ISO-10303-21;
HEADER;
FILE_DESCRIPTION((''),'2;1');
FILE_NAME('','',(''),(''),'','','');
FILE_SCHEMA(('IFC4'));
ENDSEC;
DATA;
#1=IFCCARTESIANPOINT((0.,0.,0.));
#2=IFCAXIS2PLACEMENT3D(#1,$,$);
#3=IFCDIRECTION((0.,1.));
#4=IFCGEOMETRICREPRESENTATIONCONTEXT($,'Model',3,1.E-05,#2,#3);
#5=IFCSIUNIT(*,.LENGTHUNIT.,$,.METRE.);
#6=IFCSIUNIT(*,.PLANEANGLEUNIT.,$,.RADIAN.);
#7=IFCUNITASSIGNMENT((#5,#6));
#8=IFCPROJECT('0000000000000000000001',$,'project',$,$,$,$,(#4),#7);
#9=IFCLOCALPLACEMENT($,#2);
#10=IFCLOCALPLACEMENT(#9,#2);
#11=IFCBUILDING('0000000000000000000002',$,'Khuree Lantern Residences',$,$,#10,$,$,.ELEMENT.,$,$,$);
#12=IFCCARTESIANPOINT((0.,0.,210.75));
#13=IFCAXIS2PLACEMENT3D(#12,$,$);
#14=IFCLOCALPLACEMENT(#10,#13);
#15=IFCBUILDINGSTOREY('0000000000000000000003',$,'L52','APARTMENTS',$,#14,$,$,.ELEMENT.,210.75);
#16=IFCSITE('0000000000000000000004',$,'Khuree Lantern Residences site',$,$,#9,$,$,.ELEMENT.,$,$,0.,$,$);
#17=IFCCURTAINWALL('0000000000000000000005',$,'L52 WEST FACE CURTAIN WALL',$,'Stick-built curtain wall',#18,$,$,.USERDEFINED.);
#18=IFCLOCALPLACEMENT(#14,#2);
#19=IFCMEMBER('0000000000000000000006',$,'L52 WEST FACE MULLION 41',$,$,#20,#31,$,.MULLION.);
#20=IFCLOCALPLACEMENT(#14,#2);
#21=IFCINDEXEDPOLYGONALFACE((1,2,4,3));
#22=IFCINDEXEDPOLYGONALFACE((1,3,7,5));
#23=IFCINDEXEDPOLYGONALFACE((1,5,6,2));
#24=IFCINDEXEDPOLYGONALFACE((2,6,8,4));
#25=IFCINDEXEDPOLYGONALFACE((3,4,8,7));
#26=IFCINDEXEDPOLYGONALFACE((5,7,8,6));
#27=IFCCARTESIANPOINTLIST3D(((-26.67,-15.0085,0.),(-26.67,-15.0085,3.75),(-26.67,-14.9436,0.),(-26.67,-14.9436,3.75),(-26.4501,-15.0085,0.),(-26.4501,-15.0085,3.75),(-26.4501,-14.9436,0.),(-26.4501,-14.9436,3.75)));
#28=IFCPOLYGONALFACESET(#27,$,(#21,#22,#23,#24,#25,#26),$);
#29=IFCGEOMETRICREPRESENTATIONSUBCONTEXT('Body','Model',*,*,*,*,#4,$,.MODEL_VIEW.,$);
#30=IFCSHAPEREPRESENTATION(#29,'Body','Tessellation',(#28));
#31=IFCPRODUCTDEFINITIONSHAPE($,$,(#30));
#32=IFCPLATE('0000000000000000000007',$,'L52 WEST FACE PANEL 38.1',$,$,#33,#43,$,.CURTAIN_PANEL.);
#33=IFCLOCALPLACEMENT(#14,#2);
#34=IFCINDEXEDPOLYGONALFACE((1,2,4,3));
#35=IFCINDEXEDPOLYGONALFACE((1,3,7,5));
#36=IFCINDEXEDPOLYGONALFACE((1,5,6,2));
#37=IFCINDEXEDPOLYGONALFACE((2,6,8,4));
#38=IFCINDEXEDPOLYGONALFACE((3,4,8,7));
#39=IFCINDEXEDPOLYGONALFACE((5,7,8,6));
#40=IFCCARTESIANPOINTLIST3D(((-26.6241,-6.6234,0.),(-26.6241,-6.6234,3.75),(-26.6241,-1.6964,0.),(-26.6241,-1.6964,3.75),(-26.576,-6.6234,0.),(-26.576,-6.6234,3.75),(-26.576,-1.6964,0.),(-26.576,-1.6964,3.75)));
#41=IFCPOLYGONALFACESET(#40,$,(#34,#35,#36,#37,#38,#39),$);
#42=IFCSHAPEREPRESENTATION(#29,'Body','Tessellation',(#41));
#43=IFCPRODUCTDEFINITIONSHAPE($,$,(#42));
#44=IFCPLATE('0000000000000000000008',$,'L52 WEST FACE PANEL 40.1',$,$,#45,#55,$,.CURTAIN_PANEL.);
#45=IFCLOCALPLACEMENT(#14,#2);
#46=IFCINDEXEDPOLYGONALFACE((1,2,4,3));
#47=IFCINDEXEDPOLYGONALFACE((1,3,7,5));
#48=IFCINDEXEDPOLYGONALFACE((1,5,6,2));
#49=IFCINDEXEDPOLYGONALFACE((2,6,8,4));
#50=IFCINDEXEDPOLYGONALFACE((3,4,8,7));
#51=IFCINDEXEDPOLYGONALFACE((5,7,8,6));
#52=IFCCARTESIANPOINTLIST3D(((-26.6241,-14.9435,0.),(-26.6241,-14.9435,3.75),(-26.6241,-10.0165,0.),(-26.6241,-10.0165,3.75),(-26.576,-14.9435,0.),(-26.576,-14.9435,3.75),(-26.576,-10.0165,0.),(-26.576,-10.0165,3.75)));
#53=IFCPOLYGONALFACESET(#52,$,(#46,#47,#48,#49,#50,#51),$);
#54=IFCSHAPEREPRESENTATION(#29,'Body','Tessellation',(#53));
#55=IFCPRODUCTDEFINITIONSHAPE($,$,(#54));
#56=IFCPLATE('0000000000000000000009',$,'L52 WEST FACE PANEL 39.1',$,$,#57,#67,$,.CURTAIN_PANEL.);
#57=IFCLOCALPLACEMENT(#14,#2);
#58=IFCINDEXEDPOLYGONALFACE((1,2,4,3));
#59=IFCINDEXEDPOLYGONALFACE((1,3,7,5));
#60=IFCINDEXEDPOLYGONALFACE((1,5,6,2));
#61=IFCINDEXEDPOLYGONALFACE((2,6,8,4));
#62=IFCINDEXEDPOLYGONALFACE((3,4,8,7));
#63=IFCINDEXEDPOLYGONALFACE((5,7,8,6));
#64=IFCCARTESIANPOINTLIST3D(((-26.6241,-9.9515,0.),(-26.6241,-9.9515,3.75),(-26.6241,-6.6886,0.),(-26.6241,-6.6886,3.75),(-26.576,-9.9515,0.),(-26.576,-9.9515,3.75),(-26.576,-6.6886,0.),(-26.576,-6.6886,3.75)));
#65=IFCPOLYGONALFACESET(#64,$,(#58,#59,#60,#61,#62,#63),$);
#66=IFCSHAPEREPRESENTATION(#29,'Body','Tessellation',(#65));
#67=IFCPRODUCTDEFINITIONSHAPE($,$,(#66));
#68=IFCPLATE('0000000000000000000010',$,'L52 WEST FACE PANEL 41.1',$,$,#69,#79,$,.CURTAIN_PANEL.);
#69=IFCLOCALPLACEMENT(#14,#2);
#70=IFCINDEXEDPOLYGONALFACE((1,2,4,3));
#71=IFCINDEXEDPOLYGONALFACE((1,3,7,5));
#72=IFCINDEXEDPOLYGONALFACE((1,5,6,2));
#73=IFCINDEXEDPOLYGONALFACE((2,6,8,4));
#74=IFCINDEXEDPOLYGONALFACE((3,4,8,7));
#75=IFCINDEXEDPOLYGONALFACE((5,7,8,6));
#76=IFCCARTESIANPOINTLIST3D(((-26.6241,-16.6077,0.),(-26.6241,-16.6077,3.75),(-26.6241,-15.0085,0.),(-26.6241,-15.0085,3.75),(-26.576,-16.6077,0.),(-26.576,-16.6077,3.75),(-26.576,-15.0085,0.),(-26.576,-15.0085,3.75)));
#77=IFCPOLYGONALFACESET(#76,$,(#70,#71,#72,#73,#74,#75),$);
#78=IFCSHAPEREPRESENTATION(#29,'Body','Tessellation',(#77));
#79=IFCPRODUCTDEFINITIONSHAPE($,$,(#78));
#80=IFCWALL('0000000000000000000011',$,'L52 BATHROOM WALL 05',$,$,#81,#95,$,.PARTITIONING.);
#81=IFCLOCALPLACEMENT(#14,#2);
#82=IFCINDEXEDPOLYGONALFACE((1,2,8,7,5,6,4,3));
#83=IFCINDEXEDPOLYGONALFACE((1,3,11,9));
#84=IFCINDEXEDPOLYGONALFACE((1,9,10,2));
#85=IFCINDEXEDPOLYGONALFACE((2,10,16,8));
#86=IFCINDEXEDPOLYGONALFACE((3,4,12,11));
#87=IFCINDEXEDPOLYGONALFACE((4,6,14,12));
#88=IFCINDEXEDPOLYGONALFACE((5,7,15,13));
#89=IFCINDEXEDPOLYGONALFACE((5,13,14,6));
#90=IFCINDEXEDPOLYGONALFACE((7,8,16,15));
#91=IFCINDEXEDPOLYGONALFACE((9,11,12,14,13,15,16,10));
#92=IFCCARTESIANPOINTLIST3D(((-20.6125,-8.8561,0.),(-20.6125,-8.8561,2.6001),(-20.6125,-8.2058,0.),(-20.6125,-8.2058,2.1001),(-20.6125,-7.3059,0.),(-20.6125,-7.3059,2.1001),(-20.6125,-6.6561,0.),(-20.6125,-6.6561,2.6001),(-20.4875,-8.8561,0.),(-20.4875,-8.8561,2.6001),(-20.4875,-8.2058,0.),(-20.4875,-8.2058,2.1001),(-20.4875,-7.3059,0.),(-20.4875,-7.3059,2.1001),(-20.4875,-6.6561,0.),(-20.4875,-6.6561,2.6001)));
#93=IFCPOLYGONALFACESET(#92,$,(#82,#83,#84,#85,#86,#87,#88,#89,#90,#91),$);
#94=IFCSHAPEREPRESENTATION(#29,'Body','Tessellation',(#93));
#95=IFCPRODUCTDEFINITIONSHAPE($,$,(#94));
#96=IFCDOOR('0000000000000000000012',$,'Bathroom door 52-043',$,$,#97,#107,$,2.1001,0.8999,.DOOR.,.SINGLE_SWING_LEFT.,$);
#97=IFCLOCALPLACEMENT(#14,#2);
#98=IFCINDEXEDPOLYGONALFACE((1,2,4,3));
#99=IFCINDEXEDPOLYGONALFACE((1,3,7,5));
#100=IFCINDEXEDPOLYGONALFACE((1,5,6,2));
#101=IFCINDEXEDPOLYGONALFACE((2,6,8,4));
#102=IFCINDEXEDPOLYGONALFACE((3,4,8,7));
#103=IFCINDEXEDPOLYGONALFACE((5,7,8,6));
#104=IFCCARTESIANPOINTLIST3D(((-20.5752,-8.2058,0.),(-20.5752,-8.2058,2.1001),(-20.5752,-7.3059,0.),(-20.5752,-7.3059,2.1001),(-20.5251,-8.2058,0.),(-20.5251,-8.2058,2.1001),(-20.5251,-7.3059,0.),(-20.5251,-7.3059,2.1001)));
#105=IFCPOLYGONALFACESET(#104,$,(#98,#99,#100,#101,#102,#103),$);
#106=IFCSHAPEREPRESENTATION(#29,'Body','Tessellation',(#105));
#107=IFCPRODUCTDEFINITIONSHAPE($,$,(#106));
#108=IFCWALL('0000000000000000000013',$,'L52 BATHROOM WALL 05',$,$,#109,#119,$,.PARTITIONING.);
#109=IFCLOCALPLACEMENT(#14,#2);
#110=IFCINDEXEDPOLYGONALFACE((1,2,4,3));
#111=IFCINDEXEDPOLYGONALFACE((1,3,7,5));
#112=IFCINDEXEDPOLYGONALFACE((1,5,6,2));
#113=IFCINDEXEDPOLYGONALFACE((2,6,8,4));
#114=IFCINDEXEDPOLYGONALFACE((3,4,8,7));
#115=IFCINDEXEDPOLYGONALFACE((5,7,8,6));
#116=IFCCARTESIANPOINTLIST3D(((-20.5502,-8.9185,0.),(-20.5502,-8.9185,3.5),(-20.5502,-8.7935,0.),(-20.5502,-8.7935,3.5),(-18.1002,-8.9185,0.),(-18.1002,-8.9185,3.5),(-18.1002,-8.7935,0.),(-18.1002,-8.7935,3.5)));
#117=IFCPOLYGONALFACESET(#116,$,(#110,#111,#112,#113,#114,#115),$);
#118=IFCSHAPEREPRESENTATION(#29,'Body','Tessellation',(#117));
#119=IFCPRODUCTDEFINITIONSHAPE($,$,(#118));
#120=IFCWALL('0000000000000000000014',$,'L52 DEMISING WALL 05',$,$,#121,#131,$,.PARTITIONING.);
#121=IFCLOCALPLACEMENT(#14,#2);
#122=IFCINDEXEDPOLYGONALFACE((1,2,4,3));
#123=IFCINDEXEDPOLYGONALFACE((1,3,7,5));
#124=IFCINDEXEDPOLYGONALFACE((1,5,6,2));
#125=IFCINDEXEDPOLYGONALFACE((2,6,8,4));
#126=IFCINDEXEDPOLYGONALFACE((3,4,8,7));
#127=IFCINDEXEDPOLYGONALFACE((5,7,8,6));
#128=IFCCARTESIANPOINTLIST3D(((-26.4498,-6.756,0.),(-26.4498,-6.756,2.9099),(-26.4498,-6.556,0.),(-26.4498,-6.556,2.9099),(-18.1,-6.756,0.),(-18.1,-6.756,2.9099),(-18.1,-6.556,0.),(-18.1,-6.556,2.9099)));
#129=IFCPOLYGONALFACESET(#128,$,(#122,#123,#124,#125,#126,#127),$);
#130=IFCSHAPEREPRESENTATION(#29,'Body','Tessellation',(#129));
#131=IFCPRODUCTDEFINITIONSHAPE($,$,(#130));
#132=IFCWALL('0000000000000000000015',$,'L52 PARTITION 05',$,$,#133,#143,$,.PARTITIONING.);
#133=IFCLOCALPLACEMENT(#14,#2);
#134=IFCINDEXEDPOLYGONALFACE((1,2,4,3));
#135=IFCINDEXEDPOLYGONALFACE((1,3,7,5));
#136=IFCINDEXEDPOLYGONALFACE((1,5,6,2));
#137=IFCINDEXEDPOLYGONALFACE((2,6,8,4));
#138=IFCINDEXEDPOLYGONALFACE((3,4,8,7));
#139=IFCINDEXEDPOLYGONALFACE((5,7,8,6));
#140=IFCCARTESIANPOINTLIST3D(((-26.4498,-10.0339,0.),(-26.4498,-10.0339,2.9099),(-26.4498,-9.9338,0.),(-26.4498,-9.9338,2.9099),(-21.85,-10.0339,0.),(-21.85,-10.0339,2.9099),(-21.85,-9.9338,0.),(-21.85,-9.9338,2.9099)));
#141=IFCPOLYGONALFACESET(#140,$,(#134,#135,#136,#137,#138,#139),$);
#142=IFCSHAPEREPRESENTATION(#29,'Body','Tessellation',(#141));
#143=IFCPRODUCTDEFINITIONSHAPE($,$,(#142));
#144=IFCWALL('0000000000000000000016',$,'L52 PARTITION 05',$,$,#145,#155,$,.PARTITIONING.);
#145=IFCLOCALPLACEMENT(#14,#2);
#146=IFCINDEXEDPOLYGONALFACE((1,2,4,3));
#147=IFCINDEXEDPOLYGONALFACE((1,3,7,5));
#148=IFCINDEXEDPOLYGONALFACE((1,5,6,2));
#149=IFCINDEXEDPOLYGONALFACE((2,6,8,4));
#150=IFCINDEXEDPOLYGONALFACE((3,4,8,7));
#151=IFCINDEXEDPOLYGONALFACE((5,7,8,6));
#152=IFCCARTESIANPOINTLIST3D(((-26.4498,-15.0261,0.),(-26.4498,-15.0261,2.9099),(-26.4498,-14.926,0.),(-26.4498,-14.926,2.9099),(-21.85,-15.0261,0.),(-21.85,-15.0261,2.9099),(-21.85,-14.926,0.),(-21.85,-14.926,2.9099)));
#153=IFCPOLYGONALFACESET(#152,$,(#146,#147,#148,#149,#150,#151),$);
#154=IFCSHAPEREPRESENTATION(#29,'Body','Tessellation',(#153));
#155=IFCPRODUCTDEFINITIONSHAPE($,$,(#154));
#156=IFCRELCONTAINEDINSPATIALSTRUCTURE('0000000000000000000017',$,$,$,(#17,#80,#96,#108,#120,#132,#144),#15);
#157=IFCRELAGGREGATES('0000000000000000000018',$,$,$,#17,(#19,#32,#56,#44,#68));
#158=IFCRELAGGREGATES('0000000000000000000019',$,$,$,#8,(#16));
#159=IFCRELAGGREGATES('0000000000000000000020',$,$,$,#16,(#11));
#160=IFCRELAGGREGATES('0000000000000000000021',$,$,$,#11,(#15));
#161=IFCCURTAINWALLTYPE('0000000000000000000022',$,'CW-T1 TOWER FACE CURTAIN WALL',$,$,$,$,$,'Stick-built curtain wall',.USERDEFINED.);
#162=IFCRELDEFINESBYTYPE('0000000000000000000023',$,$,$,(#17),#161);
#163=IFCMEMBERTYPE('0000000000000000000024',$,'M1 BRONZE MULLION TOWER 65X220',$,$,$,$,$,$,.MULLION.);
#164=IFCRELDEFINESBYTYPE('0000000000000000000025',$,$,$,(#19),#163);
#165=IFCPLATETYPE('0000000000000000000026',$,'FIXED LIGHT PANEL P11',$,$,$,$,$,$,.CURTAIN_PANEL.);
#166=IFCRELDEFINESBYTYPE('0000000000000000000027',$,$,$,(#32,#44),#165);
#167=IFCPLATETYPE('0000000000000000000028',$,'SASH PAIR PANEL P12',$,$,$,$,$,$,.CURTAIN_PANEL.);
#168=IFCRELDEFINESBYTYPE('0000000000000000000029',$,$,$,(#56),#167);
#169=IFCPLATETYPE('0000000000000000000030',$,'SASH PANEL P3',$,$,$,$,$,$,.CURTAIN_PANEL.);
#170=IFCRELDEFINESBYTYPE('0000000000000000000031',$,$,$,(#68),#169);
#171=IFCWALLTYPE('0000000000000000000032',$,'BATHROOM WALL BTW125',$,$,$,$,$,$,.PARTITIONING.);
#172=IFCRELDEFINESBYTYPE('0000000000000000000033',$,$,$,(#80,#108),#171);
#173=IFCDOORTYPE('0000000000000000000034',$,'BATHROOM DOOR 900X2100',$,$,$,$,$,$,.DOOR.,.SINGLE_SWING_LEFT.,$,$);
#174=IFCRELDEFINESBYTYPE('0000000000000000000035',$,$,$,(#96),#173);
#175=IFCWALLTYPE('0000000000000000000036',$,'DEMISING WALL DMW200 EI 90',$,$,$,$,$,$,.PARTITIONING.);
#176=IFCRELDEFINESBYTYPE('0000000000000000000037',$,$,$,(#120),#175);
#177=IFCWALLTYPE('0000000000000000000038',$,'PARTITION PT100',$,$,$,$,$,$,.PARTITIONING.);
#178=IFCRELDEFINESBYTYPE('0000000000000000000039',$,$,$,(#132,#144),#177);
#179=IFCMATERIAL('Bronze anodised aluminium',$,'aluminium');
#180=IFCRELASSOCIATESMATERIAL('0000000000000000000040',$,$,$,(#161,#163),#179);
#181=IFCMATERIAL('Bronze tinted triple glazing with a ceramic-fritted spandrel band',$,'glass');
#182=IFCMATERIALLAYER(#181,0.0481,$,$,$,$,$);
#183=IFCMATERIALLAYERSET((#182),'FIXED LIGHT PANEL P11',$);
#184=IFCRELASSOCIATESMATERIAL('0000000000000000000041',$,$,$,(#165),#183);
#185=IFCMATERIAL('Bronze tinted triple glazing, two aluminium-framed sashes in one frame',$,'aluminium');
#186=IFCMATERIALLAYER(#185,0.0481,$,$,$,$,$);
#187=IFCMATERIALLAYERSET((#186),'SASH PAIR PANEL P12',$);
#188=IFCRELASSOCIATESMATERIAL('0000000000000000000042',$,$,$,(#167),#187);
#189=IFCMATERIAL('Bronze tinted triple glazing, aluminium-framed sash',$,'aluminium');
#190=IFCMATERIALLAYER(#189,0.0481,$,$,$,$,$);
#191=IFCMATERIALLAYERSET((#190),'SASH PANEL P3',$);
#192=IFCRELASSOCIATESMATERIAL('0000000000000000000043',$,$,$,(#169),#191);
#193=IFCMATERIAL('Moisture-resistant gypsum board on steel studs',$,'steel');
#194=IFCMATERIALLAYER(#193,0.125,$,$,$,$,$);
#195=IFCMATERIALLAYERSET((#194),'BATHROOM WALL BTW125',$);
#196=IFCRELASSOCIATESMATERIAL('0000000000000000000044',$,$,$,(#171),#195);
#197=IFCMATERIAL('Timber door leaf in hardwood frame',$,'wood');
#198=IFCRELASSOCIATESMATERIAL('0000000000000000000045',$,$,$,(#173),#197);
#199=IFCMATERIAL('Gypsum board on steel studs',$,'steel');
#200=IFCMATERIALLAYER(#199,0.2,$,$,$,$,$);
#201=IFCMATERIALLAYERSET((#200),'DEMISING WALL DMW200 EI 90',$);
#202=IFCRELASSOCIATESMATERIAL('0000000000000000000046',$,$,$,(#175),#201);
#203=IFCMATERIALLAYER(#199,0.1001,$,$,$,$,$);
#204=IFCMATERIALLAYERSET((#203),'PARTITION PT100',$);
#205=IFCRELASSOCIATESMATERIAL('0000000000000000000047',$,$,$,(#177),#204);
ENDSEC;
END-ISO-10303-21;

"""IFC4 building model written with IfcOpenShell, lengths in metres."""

from ifc_helpers import new_model, si_unit, direction, frame, frame_2d, origin, origin_2d, place, context, subcontext, project, spatial, rectangle, extrude, material, layer, layer_set, material_profile, profile_set, type_object, element, fill, aggregate, save


model = new_model("IFC4")

# Units and contexts
model_context = context("Model", 3, precision=1e-05, world=origin(), true_north=direction((0.0, 1.0)))
body_context = subcontext(model_context, "Body", "Model", "MODEL_VIEW")
ifc_project = project(units=[si_unit("LENGTHUNIT", "METRE"), si_unit("PLANEANGLEUNIT", "RADIAN")], contexts=[model_context])

# Site, building, storey
site_placement = place(None, origin())
site = spatial("IfcSite", under=ifc_project, at=site_placement, Name="Khuree Lantern Residences site", CompositionType="ELEMENT", RefElevation=0.0)
building_placement = place(site_placement, origin())
building = spatial("IfcBuilding", under=site, at=building_placement, Name="Khuree Lantern Residences", CompositionType="ELEMENT")
storey_placement = place(building_placement, frame((0.0, 0.0, 210.75)))
storey = spatial("IfcBuildingStorey", under=building, at=storey_placement, Name="L52", Description="APARTMENTS", CompositionType="ELEMENT", Elevation=210.75)

# Curtain wall
ifc_material_1 = material(Name="Bronze anodised aluminium", Category="aluminium")
curtain_wall_type = type_object("IfcCurtainWallType", Name="CW-T1 TOWER FACE CURTAIN WALL", ElementType="Stick-built curtain wall", PredefinedType="USERDEFINED", material=ifc_material_1)
curtain_wall_placement = place(storey_placement, origin())
curtain_wall = element("IfcCurtainWall", 1, at=curtain_wall_placement, inside=storey, type_object=curtain_wall_type, Name="L52 WEST FACE CURTAIN WALL", ObjectType="Stick-built curtain wall", PredefinedType="USERDEFINED")

# Member
ifc_material_profile_1 = material_profile(ifc_material_1, rectangle(XDim=0.0649, YDim=0.22, at=origin_2d()), Name="M1 65X220")
ifc_profile_set_1 = profile_set([ifc_material_profile_1], Name="Bronze anodised aluminium")
member_type_1 = type_object("IfcMemberType", Name="M1 BRONZE MULLION TOWER 65X220", PredefinedType="MULLION", material=ifc_profile_set_1)
member_1_placement = place(storey_placement, frame((-26.5601, -14.9761, 0.0), z_axis=(0.0, 0.0, 1.0), x_axis=(0.0, -1.0, 0.0)))
member_1 = element("IfcMember", 2, at=member_1_placement, type_object=member_type_1, Name="L52 WEST FACE MULLION 41", PredefinedType="MULLION", context=body_context, shape_type="SweptSolid", body=[
    extrude(rectangle(XDim=0.0649, YDim=0.22, at=origin_2d()), origin(), (0.0, 0.0, 1.0), 3.75),
])

# Plates
ifc_material_2 = material(Name="Bronze tinted triple glazing with a ceramic-fritted spandrel band", Category="glass")
ifc_layer_1 = layer(ifc_material_2, 0.0481)
ifc_layer_set_1 = layer_set([ifc_layer_1], Name="FIXED LIGHT PANEL P11")
plate_type_1 = type_object("IfcPlateType", Name="FIXED LIGHT PANEL P11", PredefinedType="CURTAIN_PANEL", material=ifc_layer_set_1)
plate_1_placement = place(storey_placement, frame((-26.6001, -4.1599, 0.0), z_axis=(0.0, 0.0, 1.0), x_axis=(0.0, -1.0, 0.0)))
plate_1 = element("IfcPlate", 3, at=plate_1_placement, type_object=plate_type_1, Name="L52 WEST FACE PANEL 38.1", PredefinedType="CURTAIN_PANEL", context=body_context, shape_type="SweptSolid", body=[
    extrude(rectangle(XDim=4.927, YDim=0.0481, at=origin_2d()), origin(), (0.0, 0.0, 1.0), 3.75),
])
plate_2_placement = place(storey_placement, frame((-26.6001, -12.48, 0.0), z_axis=(0.0, 0.0, 1.0), x_axis=(0.0, -1.0, 0.0)))
plate_2 = element("IfcPlate", 4, at=plate_2_placement, type_object=plate_type_1, Name="L52 WEST FACE PANEL 40.1", PredefinedType="CURTAIN_PANEL", context=body_context, shape_type="SweptSolid", body=[
    extrude(rectangle(XDim=4.927, YDim=0.0481, at=origin_2d()), origin(), (0.0, 0.0, 1.0), 3.75),
])
ifc_material_3 = material(Name="Bronze tinted triple glazing, two aluminium-framed sashes in one frame", Category="aluminium")
ifc_layer_2 = layer(ifc_material_3, 0.0481)
ifc_layer_set_2 = layer_set([ifc_layer_2], Name="SASH PAIR PANEL P12")
plate_type_2 = type_object("IfcPlateType", Name="SASH PAIR PANEL P12", PredefinedType="CURTAIN_PANEL", material=ifc_layer_set_2)
plate_3_placement = place(storey_placement, frame((-26.6001, -8.3201, 0.0), z_axis=(0.0, 0.0, 1.0), x_axis=(0.0, -1.0, 0.0)))
plate_3 = element("IfcPlate", 5, at=plate_3_placement, type_object=plate_type_2, Name="L52 WEST FACE PANEL 39.1", PredefinedType="CURTAIN_PANEL", context=body_context, shape_type="SweptSolid", body=[
    extrude(rectangle(XDim=3.2629, YDim=0.0481, at=origin_2d()), origin(), (0.0, 0.0, 1.0), 3.75),
])
ifc_material_4 = material(Name="Bronze tinted triple glazing, aluminium-framed sash", Category="aluminium")
ifc_layer_3 = layer(ifc_material_4, 0.0481)
ifc_layer_set_3 = layer_set([ifc_layer_3], Name="SASH PANEL P3")
plate_type_3 = type_object("IfcPlateType", Name="SASH PANEL P3", PredefinedType="CURTAIN_PANEL", material=ifc_layer_set_3)
plate_4_placement = place(storey_placement, frame((-26.6001, -15.8081, 0.0), z_axis=(0.0, 0.0, 1.0), x_axis=(0.0, -1.0, 0.0)))
plate_4 = element("IfcPlate", 6, at=plate_4_placement, type_object=plate_type_3, Name="L52 WEST FACE PANEL 41.1", PredefinedType="CURTAIN_PANEL", context=body_context, shape_type="SweptSolid", body=[
    extrude(rectangle(XDim=1.5991, YDim=0.0481, at=origin_2d()), origin(), (0.0, 0.0, 1.0), 3.75),
])
aggregate(curtain_wall, [member_1, plate_1, plate_3, plate_2, plate_4])

# Wall, opening, door
ifc_material_5 = material(Name="Moisture-resistant gypsum board on steel studs", Category="steel")
ifc_layer_4 = layer(ifc_material_5, 0.125)
ifc_layer_set_4 = layer_set([ifc_layer_4], Name="BATHROOM WALL BTW125")
wall_type_1 = type_object("IfcWallType", Name="BATHROOM WALL BTW125", PredefinedType="PARTITIONING", material=ifc_layer_set_4)
wall_1_placement = place(storey_placement, frame((-20.55, -6.656, 0.0), z_axis=(0.0, 0.0, 1.0), x_axis=(0.0, -1.0, 0.0)))
wall_1 = element("IfcWall", 7, at=wall_1_placement, inside=storey, type_object=wall_type_1, Name="L52 BATHROOM WALL 05", PredefinedType="PARTITIONING", context=body_context, shape_type="SweptSolid", body=[
    extrude(rectangle(XDim=2.2, YDim=0.125, at=frame_2d((1.1001, 0.0))), origin(), (0.0, 0.0, 1.0), 2.6001),
])
opening_1_placement = place(wall_1_placement, frame((0.6499, 0.0, 0.0)))
opening_1 = element("IfcOpeningElement", 8, at=opening_1_placement, cuts=wall_1, PredefinedType="OPENING", context=body_context, shape_type="SweptSolid", body=[
    extrude(rectangle(XDim=0.8999, YDim=2.1001, at=frame_2d((0.45, 1.05))), frame((0.0, 0.0725, 0.0), z_axis=(0.0, -1.0, 0.0), x_axis=(1.0, 0.0, 0.0)), (0.0, 0.0, 1.0), 0.145),
])
ifc_material_6 = material(Name="Timber door leaf in hardwood frame", Category="wood")
door_type_1 = type_object("IfcDoorType", Name="BATHROOM DOOR 900X2100", OperationType="SINGLE_SWING_LEFT", PredefinedType="DOOR", material=ifc_material_6)
door_1_placement = place(opening_1_placement, origin())
door_1 = element("IfcDoor", 9, at=door_1_placement, inside=storey, type_object=door_type_1, Name="Bathroom door 52-043", OperationType="SINGLE_SWING_LEFT", OverallHeight=2.1001, OverallWidth=0.8999, PredefinedType="DOOR", context=body_context, shape_type="SweptSolid", body=[
    extrude(rectangle(XDim=0.8999, YDim=2.1001, at=frame_2d((0.45, 1.05))), frame((0.0, 0.0249, 0.0), z_axis=(0.0, -1.0, 0.0), x_axis=(1.0, 0.0, 0.0)), (0.0, 0.0, 1.0), 0.05),
])
fill(opening_1, door_1)

# Walls
wall_2_placement = place(storey_placement, frame((-18.1001, -8.856, 0.0), z_axis=(0.0, 0.0, 1.0), x_axis=(-1.0, 0.0, 0.0)))
element("IfcWall", 10, at=wall_2_placement, inside=storey, type_object=wall_type_1, Name="L52 BATHROOM WALL 05", PredefinedType="PARTITIONING", context=body_context, shape_type="SweptSolid", body=[
    extrude(rectangle(XDim=2.45, YDim=0.125, at=frame_2d((1.2251, 0.0))), origin(), (0.0, 0.0, 1.0), 3.5),
])
ifc_material_7 = material(Name="Gypsum board on steel studs", Category="steel")
ifc_layer_5 = layer(ifc_material_7, 0.2)
ifc_layer_set_5 = layer_set([ifc_layer_5], Name="DEMISING WALL DMW200 EI 90")
wall_type_2 = type_object("IfcWallType", Name="DEMISING WALL DMW200 EI 90", PredefinedType="PARTITIONING", material=ifc_layer_set_5)
wall_3_placement = place(storey_placement, frame((-18.1001, -6.656, 0.0), z_axis=(0.0, 0.0, 1.0), x_axis=(-1.0, 0.0, 0.0)))
element("IfcWall", 11, at=wall_3_placement, inside=storey, type_object=wall_type_2, Name="L52 DEMISING WALL 05", PredefinedType="PARTITIONING", context=body_context, shape_type="SweptSolid", body=[
    extrude(rectangle(XDim=8.3499, YDim=0.2, at=frame_2d((4.1748, 0.0))), origin(), (0.0, 0.0, 1.0), 2.9099),
])
ifc_layer_6 = layer(ifc_material_7, 0.1001)
ifc_layer_set_6 = layer_set([ifc_layer_6], Name="PARTITION PT100")
wall_type_3 = type_object("IfcWallType", Name="PARTITION PT100", PredefinedType="PARTITIONING", material=ifc_layer_set_6)
for number, where, z_axis, x_axis, name in (
    (12, (-21.8501, -9.9839, 0.0), (0.0, 0.0, 1.0), (-1.0, 0.0, 0.0), "L52 PARTITION 05"),
    (13, (-21.8501, -14.9761, 0.0), (0.0, 0.0, 1.0), (-1.0, 0.0, 0.0), "L52 PARTITION 05"),
):
    element("IfcWall", number, at=place(storey_placement, frame(where, z_axis=z_axis, x_axis=x_axis)), inside=storey, type_object=wall_type_3, Name=name, PredefinedType="PARTITIONING", context=body_context, shape_type="SweptSolid", body=[
        extrude(rectangle(XDim=4.5999, YDim=0.1001, at=frame_2d((2.2998, 0.0))), origin(), (0.0, 0.0, 1.0), 2.9099),
    ])

save(model, "model.ifc")
